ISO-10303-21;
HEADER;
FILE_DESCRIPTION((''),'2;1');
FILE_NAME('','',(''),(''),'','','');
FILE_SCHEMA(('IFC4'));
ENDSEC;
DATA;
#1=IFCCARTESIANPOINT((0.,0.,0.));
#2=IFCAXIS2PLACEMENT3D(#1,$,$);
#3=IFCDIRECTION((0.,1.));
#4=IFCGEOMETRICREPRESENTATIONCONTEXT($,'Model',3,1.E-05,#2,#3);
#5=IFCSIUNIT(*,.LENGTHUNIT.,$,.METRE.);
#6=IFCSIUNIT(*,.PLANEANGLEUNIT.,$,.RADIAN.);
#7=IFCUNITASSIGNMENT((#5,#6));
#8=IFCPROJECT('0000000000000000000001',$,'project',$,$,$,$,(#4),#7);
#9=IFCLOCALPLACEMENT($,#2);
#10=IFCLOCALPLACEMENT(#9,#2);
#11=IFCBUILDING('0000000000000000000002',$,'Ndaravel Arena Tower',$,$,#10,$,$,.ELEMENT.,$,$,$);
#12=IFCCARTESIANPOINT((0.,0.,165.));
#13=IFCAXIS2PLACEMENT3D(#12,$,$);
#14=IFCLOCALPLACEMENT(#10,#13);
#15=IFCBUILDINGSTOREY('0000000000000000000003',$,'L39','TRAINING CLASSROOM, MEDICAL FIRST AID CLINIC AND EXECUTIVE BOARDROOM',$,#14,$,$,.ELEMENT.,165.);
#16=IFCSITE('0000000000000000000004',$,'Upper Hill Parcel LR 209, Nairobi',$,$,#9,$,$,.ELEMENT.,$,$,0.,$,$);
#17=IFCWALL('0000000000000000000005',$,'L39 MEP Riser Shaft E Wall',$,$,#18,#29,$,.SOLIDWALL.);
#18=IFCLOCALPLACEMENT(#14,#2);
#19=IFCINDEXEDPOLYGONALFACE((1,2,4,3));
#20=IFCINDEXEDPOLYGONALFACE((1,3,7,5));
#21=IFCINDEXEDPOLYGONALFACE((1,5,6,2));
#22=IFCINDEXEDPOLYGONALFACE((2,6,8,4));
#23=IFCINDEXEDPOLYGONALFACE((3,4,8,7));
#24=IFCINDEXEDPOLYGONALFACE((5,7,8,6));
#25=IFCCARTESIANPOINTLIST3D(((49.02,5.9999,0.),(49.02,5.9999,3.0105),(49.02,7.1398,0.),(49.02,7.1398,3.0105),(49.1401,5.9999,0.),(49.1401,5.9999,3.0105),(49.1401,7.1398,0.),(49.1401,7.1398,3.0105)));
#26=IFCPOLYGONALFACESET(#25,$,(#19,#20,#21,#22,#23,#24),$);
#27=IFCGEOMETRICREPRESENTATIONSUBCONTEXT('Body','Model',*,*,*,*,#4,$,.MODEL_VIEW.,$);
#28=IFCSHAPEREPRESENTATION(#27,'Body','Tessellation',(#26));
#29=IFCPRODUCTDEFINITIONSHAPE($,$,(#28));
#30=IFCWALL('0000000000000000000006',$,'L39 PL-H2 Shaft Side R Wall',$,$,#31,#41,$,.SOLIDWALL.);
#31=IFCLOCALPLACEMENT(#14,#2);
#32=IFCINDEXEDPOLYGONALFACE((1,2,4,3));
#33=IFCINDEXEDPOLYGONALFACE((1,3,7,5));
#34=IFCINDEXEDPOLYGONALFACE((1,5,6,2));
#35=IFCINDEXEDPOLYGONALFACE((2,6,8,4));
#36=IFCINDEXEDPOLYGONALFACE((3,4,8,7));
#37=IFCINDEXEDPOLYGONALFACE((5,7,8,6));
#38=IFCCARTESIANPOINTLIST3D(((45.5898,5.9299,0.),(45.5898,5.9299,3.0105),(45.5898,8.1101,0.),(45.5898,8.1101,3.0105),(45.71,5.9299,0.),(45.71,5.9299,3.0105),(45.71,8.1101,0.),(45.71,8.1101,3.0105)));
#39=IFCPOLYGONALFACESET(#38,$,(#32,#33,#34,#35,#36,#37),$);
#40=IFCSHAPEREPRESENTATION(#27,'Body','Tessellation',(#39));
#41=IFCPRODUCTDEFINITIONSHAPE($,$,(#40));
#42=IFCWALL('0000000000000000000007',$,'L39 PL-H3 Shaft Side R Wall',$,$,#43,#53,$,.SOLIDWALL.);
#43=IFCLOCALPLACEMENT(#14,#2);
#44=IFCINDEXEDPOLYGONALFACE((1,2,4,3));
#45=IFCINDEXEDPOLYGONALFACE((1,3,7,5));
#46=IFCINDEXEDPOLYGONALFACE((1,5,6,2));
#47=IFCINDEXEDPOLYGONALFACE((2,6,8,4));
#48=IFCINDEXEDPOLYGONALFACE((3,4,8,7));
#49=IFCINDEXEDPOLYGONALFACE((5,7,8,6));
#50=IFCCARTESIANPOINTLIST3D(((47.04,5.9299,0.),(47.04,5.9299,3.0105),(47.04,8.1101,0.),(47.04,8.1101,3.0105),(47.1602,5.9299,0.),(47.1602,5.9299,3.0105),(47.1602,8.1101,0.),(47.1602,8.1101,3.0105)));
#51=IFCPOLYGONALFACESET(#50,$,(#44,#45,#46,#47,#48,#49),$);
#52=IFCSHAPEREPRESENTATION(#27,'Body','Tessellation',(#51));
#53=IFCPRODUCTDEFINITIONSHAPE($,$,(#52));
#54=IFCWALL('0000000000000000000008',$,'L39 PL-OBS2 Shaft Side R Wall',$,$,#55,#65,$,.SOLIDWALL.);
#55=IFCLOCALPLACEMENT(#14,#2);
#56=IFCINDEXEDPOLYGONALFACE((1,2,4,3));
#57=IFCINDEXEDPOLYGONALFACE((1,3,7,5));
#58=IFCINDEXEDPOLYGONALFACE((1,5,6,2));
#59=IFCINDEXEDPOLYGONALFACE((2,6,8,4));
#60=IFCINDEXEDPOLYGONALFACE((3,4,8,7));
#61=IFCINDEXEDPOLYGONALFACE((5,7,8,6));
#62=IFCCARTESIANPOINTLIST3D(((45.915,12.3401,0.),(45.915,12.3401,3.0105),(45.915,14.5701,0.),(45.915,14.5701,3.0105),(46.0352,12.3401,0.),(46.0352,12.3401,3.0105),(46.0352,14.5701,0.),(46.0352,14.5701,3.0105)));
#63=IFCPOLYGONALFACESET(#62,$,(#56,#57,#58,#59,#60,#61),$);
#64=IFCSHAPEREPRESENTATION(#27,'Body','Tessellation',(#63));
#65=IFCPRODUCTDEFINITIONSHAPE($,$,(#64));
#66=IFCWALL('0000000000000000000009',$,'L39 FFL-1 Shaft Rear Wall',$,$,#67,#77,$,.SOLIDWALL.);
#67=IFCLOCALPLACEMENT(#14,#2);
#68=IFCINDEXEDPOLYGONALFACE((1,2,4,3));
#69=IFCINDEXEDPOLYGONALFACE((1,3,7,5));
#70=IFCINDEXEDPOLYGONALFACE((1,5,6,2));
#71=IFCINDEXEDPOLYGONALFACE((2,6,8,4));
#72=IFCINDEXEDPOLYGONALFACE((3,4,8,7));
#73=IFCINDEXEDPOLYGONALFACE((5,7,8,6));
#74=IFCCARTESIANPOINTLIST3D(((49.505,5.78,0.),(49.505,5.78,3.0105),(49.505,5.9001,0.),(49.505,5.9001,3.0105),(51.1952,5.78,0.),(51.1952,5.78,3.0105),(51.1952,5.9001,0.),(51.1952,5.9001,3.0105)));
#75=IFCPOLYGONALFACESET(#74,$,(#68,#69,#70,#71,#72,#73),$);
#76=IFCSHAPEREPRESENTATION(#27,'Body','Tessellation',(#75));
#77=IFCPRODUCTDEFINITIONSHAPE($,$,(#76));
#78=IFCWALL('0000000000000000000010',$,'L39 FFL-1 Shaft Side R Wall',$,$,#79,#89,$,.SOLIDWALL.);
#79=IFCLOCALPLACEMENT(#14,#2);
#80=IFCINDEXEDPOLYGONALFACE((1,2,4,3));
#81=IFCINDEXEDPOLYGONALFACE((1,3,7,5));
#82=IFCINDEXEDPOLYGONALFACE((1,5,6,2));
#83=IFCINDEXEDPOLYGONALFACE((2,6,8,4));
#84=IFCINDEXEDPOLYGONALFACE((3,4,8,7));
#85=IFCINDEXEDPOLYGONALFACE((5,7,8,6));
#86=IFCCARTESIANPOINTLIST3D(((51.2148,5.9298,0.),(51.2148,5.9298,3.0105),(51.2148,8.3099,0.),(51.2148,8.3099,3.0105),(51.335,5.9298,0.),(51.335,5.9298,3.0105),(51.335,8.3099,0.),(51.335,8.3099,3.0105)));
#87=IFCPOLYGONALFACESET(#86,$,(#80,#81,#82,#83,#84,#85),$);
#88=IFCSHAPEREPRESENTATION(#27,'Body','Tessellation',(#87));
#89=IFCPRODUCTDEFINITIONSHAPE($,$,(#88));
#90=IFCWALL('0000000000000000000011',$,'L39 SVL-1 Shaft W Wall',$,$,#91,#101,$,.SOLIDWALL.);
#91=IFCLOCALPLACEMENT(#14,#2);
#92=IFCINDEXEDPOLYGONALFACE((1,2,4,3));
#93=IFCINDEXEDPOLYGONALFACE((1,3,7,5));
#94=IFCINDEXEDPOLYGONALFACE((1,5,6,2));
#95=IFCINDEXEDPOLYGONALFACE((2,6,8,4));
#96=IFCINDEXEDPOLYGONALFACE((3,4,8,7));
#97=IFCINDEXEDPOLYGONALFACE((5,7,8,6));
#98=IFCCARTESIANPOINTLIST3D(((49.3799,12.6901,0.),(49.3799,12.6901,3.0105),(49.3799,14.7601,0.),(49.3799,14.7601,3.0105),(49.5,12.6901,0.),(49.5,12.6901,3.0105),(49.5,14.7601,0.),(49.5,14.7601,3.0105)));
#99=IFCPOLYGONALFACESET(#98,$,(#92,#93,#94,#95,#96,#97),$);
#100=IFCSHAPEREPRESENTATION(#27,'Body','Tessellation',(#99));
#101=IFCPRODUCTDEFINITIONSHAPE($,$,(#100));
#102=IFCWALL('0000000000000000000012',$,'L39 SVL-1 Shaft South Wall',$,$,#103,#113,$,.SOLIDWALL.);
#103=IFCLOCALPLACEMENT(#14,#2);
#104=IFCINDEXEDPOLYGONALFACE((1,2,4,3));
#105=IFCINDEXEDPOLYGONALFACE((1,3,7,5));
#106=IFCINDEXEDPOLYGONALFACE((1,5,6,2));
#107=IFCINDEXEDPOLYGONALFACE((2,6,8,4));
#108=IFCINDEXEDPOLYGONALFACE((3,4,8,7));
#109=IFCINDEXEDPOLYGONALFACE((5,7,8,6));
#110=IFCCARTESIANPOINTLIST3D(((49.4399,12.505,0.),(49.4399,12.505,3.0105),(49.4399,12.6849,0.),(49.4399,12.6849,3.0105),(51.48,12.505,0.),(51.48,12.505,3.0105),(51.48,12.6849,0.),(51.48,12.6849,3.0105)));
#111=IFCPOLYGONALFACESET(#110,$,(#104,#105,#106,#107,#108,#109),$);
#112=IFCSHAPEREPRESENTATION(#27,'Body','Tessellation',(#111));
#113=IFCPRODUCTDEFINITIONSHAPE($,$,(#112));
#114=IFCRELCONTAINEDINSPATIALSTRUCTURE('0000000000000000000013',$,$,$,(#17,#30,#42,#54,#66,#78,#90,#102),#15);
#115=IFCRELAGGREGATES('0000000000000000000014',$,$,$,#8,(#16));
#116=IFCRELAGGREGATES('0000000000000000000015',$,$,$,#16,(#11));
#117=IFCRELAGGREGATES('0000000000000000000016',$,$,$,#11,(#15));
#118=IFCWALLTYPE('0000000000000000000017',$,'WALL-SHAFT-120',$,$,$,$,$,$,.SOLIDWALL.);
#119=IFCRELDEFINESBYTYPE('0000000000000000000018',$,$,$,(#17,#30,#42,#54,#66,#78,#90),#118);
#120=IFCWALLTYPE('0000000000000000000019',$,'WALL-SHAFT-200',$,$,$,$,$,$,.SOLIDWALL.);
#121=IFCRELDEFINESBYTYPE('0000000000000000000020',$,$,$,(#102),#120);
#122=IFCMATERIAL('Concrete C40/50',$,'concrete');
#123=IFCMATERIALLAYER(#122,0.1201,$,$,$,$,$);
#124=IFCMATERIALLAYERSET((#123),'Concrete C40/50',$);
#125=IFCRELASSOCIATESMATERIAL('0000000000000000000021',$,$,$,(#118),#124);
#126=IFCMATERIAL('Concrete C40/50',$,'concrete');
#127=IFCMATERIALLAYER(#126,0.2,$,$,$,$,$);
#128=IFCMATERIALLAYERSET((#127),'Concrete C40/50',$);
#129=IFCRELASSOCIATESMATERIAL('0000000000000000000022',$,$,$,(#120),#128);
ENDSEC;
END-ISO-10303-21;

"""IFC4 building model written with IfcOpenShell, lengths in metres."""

from ifc_helpers import new_model, si_unit, direction, frame, frame_2d, origin, place, context, subcontext, project, spatial, rectangle, extrude, material, layer, layer_set, type_object, element, save


model = new_model("IFC4")

# Units and contexts
model_context = context("Model", 3, precision=1e-05, world=origin(), true_north=direction((0.0, 1.0)))
body_context = subcontext(model_context, "Body", "Model", "MODEL_VIEW")
ifc_project = project(units=[si_unit("LENGTHUNIT", "METRE"), si_unit("PLANEANGLEUNIT", "RADIAN")], contexts=[model_context])

# Site, building, storey
site_placement = place(None, origin())
site = spatial("IfcSite", under=ifc_project, at=site_placement, Name="Upper Hill Parcel LR 209, Nairobi", CompositionType="ELEMENT", RefElevation=0.0)
building_placement = place(site_placement, origin())
building = spatial("IfcBuilding", under=site, at=building_placement, Name="Ndaravel Arena Tower", CompositionType="ELEMENT")
storey_placement = place(building_placement, frame((0.0, 0.0, 165.0)))
storey = spatial("IfcBuildingStorey", under=building, at=storey_placement, Name="L39", Description="TRAINING CLASSROOM, MEDICAL FIRST AID CLINIC AND EXECUTIVE BOARDROOM", CompositionType="ELEMENT", Elevation=165.0)

# Walls
ifc_material_1 = material(Name="Concrete C40/50", Category="concrete")
ifc_layer_1 = layer(ifc_material_1, 0.1201)
ifc_layer_set_1 = layer_set([ifc_layer_1], Name="Concrete C40/50")
wall_type_1 = type_object("IfcWallType", Name="WALL-SHAFT-120", PredefinedType="SOLIDWALL", material=ifc_layer_set_1)
for number, where, z_axis, x_axis, name in (
    (1, (49.0801, 6.0, 0.0), (0.0, 0.0, 1.0), (0.0, 1.0, 0.0), "L39 MEP Riser Shaft E Wall"),
):
    element("IfcWall", number, at=place(storey_placement, frame(where, z_axis=z_axis, x_axis=x_axis)), inside=storey, type_object=wall_type_1, Name=name, PredefinedType="SOLIDWALL", context=body_context, shape_type="SweptSolid", body=[
        extrude(rectangle(XDim=1.1399, YDim=0.1201, at=frame_2d((0.5698, 0.0))), origin(), (0.0, 0.0, 1.0), 3.0105),
    ])
for number, where, z_axis, x_axis, name in (
    (2, (45.6499, 5.9299, 0.0), (0.0, 0.0, 1.0), (0.0, 1.0, 0.0), "L39 PL-H2 Shaft Side R Wall"),
    (3, (47.1001, 5.9299, 0.0), (0.0, 0.0, 1.0), (0.0, 1.0, 0.0), "L39 PL-H3 Shaft Side R Wall"),
):
    element("IfcWall", number, at=place(storey_placement, frame(where, z_axis=z_axis, x_axis=x_axis)), inside=storey, type_object=wall_type_1, Name=name, PredefinedType="SOLIDWALL", context=body_context, shape_type="SweptSolid", body=[
        extrude(rectangle(XDim=2.1802, YDim=0.1201, at=frame_2d((1.0901, 0.0))), origin(), (0.0, 0.0, 1.0), 3.0105),
    ])
wall_1_placement = place(storey_placement, frame((45.9751, 12.3401, 0.0), z_axis=(0.0, 0.0, 1.0), x_axis=(0.0, 1.0, 0.0)))
element("IfcWall", 4, at=wall_1_placement, inside=storey, type_object=wall_type_1, Name="L39 PL-OBS2 Shaft Side R Wall", PredefinedType="SOLIDWALL", context=body_context, shape_type="SweptSolid", body=[
    extrude(rectangle(XDim=2.23, YDim=0.1201, at=frame_2d((1.115, 0.0))), origin(), (0.0, 0.0, 1.0), 3.0105),
])
wall_2_placement = place(storey_placement, frame((49.5049, 5.8401, 0.0), z_axis=(0.0, 0.0, 1.0), x_axis=(1.0, 0.0, 0.0)))
element("IfcWall", 5, at=wall_2_placement, inside=storey, type_object=wall_type_1, Name="L39 FFL-1 Shaft Rear Wall", PredefinedType="SOLIDWALL", context=body_context, shape_type="SweptSolid", body=[
    extrude(rectangle(XDim=1.6902, YDim=0.1201, at=frame_2d((0.8452, 0.0))), origin(), (0.0, 0.0, 1.0), 3.0105),
])
wall_3_placement = place(storey_placement, frame((51.2749, 5.9299, 0.0), z_axis=(0.0, 0.0, 1.0), x_axis=(0.0, 1.0, 0.0)))
element("IfcWall", 6, at=wall_3_placement, inside=storey, type_object=wall_type_1, Name="L39 FFL-1 Shaft Side R Wall", PredefinedType="SOLIDWALL", context=body_context, shape_type="SweptSolid", body=[
    extrude(rectangle(XDim=2.3801, YDim=0.1201, at=frame_2d((1.1899, 0.0))), origin(), (0.0, 0.0, 1.0), 3.0105),
])
wall_4_placement = place(storey_placement, frame((49.4399, 12.6899, 0.0), z_axis=(0.0, 0.0, 1.0), x_axis=(0.0, 1.0, 0.0)))
element("IfcWall", 7, at=wall_4_placement, inside=storey, type_object=wall_type_1, Name="L39 SVL-1 Shaft W Wall", PredefinedType="SOLIDWALL", context=body_context, shape_type="SweptSolid", body=[
    extrude(rectangle(XDim=2.0701, YDim=0.1201, at=frame_2d((1.0352, 0.0))), origin(), (0.0, 0.0, 1.0), 3.0105),
])

# Shared definitions
ifc_material_2 = material(Name="Concrete C40/50", Category="concrete")
ifc_layer_2 = layer(ifc_material_2, 0.2)
ifc_layer_set_2 = layer_set([ifc_layer_2], Name="Concrete C40/50")
wall_type_2 = type_object("IfcWallType", Name="WALL-SHAFT-200", PredefinedType="SOLIDWALL", material=ifc_layer_set_2)

# Wall
wall_5_placement = place(storey_placement, frame((49.4399, 12.595, 0.0), z_axis=(0.0, 0.0, 1.0), x_axis=(1.0, 0.0, 0.0)))
element("IfcWall", 8, at=wall_5_placement, inside=storey, type_object=wall_type_2, Name="L39 SVL-1 Shaft South Wall", PredefinedType="SOLIDWALL", context=body_context, shape_type="SweptSolid", body=[
    extrude(rectangle(XDim=2.04, YDim=0.1799, at=frame_2d((1.02, 0.0))), origin(), (0.0, 0.0, 1.0), 3.0105),
])

save(model, "model.ifc")
